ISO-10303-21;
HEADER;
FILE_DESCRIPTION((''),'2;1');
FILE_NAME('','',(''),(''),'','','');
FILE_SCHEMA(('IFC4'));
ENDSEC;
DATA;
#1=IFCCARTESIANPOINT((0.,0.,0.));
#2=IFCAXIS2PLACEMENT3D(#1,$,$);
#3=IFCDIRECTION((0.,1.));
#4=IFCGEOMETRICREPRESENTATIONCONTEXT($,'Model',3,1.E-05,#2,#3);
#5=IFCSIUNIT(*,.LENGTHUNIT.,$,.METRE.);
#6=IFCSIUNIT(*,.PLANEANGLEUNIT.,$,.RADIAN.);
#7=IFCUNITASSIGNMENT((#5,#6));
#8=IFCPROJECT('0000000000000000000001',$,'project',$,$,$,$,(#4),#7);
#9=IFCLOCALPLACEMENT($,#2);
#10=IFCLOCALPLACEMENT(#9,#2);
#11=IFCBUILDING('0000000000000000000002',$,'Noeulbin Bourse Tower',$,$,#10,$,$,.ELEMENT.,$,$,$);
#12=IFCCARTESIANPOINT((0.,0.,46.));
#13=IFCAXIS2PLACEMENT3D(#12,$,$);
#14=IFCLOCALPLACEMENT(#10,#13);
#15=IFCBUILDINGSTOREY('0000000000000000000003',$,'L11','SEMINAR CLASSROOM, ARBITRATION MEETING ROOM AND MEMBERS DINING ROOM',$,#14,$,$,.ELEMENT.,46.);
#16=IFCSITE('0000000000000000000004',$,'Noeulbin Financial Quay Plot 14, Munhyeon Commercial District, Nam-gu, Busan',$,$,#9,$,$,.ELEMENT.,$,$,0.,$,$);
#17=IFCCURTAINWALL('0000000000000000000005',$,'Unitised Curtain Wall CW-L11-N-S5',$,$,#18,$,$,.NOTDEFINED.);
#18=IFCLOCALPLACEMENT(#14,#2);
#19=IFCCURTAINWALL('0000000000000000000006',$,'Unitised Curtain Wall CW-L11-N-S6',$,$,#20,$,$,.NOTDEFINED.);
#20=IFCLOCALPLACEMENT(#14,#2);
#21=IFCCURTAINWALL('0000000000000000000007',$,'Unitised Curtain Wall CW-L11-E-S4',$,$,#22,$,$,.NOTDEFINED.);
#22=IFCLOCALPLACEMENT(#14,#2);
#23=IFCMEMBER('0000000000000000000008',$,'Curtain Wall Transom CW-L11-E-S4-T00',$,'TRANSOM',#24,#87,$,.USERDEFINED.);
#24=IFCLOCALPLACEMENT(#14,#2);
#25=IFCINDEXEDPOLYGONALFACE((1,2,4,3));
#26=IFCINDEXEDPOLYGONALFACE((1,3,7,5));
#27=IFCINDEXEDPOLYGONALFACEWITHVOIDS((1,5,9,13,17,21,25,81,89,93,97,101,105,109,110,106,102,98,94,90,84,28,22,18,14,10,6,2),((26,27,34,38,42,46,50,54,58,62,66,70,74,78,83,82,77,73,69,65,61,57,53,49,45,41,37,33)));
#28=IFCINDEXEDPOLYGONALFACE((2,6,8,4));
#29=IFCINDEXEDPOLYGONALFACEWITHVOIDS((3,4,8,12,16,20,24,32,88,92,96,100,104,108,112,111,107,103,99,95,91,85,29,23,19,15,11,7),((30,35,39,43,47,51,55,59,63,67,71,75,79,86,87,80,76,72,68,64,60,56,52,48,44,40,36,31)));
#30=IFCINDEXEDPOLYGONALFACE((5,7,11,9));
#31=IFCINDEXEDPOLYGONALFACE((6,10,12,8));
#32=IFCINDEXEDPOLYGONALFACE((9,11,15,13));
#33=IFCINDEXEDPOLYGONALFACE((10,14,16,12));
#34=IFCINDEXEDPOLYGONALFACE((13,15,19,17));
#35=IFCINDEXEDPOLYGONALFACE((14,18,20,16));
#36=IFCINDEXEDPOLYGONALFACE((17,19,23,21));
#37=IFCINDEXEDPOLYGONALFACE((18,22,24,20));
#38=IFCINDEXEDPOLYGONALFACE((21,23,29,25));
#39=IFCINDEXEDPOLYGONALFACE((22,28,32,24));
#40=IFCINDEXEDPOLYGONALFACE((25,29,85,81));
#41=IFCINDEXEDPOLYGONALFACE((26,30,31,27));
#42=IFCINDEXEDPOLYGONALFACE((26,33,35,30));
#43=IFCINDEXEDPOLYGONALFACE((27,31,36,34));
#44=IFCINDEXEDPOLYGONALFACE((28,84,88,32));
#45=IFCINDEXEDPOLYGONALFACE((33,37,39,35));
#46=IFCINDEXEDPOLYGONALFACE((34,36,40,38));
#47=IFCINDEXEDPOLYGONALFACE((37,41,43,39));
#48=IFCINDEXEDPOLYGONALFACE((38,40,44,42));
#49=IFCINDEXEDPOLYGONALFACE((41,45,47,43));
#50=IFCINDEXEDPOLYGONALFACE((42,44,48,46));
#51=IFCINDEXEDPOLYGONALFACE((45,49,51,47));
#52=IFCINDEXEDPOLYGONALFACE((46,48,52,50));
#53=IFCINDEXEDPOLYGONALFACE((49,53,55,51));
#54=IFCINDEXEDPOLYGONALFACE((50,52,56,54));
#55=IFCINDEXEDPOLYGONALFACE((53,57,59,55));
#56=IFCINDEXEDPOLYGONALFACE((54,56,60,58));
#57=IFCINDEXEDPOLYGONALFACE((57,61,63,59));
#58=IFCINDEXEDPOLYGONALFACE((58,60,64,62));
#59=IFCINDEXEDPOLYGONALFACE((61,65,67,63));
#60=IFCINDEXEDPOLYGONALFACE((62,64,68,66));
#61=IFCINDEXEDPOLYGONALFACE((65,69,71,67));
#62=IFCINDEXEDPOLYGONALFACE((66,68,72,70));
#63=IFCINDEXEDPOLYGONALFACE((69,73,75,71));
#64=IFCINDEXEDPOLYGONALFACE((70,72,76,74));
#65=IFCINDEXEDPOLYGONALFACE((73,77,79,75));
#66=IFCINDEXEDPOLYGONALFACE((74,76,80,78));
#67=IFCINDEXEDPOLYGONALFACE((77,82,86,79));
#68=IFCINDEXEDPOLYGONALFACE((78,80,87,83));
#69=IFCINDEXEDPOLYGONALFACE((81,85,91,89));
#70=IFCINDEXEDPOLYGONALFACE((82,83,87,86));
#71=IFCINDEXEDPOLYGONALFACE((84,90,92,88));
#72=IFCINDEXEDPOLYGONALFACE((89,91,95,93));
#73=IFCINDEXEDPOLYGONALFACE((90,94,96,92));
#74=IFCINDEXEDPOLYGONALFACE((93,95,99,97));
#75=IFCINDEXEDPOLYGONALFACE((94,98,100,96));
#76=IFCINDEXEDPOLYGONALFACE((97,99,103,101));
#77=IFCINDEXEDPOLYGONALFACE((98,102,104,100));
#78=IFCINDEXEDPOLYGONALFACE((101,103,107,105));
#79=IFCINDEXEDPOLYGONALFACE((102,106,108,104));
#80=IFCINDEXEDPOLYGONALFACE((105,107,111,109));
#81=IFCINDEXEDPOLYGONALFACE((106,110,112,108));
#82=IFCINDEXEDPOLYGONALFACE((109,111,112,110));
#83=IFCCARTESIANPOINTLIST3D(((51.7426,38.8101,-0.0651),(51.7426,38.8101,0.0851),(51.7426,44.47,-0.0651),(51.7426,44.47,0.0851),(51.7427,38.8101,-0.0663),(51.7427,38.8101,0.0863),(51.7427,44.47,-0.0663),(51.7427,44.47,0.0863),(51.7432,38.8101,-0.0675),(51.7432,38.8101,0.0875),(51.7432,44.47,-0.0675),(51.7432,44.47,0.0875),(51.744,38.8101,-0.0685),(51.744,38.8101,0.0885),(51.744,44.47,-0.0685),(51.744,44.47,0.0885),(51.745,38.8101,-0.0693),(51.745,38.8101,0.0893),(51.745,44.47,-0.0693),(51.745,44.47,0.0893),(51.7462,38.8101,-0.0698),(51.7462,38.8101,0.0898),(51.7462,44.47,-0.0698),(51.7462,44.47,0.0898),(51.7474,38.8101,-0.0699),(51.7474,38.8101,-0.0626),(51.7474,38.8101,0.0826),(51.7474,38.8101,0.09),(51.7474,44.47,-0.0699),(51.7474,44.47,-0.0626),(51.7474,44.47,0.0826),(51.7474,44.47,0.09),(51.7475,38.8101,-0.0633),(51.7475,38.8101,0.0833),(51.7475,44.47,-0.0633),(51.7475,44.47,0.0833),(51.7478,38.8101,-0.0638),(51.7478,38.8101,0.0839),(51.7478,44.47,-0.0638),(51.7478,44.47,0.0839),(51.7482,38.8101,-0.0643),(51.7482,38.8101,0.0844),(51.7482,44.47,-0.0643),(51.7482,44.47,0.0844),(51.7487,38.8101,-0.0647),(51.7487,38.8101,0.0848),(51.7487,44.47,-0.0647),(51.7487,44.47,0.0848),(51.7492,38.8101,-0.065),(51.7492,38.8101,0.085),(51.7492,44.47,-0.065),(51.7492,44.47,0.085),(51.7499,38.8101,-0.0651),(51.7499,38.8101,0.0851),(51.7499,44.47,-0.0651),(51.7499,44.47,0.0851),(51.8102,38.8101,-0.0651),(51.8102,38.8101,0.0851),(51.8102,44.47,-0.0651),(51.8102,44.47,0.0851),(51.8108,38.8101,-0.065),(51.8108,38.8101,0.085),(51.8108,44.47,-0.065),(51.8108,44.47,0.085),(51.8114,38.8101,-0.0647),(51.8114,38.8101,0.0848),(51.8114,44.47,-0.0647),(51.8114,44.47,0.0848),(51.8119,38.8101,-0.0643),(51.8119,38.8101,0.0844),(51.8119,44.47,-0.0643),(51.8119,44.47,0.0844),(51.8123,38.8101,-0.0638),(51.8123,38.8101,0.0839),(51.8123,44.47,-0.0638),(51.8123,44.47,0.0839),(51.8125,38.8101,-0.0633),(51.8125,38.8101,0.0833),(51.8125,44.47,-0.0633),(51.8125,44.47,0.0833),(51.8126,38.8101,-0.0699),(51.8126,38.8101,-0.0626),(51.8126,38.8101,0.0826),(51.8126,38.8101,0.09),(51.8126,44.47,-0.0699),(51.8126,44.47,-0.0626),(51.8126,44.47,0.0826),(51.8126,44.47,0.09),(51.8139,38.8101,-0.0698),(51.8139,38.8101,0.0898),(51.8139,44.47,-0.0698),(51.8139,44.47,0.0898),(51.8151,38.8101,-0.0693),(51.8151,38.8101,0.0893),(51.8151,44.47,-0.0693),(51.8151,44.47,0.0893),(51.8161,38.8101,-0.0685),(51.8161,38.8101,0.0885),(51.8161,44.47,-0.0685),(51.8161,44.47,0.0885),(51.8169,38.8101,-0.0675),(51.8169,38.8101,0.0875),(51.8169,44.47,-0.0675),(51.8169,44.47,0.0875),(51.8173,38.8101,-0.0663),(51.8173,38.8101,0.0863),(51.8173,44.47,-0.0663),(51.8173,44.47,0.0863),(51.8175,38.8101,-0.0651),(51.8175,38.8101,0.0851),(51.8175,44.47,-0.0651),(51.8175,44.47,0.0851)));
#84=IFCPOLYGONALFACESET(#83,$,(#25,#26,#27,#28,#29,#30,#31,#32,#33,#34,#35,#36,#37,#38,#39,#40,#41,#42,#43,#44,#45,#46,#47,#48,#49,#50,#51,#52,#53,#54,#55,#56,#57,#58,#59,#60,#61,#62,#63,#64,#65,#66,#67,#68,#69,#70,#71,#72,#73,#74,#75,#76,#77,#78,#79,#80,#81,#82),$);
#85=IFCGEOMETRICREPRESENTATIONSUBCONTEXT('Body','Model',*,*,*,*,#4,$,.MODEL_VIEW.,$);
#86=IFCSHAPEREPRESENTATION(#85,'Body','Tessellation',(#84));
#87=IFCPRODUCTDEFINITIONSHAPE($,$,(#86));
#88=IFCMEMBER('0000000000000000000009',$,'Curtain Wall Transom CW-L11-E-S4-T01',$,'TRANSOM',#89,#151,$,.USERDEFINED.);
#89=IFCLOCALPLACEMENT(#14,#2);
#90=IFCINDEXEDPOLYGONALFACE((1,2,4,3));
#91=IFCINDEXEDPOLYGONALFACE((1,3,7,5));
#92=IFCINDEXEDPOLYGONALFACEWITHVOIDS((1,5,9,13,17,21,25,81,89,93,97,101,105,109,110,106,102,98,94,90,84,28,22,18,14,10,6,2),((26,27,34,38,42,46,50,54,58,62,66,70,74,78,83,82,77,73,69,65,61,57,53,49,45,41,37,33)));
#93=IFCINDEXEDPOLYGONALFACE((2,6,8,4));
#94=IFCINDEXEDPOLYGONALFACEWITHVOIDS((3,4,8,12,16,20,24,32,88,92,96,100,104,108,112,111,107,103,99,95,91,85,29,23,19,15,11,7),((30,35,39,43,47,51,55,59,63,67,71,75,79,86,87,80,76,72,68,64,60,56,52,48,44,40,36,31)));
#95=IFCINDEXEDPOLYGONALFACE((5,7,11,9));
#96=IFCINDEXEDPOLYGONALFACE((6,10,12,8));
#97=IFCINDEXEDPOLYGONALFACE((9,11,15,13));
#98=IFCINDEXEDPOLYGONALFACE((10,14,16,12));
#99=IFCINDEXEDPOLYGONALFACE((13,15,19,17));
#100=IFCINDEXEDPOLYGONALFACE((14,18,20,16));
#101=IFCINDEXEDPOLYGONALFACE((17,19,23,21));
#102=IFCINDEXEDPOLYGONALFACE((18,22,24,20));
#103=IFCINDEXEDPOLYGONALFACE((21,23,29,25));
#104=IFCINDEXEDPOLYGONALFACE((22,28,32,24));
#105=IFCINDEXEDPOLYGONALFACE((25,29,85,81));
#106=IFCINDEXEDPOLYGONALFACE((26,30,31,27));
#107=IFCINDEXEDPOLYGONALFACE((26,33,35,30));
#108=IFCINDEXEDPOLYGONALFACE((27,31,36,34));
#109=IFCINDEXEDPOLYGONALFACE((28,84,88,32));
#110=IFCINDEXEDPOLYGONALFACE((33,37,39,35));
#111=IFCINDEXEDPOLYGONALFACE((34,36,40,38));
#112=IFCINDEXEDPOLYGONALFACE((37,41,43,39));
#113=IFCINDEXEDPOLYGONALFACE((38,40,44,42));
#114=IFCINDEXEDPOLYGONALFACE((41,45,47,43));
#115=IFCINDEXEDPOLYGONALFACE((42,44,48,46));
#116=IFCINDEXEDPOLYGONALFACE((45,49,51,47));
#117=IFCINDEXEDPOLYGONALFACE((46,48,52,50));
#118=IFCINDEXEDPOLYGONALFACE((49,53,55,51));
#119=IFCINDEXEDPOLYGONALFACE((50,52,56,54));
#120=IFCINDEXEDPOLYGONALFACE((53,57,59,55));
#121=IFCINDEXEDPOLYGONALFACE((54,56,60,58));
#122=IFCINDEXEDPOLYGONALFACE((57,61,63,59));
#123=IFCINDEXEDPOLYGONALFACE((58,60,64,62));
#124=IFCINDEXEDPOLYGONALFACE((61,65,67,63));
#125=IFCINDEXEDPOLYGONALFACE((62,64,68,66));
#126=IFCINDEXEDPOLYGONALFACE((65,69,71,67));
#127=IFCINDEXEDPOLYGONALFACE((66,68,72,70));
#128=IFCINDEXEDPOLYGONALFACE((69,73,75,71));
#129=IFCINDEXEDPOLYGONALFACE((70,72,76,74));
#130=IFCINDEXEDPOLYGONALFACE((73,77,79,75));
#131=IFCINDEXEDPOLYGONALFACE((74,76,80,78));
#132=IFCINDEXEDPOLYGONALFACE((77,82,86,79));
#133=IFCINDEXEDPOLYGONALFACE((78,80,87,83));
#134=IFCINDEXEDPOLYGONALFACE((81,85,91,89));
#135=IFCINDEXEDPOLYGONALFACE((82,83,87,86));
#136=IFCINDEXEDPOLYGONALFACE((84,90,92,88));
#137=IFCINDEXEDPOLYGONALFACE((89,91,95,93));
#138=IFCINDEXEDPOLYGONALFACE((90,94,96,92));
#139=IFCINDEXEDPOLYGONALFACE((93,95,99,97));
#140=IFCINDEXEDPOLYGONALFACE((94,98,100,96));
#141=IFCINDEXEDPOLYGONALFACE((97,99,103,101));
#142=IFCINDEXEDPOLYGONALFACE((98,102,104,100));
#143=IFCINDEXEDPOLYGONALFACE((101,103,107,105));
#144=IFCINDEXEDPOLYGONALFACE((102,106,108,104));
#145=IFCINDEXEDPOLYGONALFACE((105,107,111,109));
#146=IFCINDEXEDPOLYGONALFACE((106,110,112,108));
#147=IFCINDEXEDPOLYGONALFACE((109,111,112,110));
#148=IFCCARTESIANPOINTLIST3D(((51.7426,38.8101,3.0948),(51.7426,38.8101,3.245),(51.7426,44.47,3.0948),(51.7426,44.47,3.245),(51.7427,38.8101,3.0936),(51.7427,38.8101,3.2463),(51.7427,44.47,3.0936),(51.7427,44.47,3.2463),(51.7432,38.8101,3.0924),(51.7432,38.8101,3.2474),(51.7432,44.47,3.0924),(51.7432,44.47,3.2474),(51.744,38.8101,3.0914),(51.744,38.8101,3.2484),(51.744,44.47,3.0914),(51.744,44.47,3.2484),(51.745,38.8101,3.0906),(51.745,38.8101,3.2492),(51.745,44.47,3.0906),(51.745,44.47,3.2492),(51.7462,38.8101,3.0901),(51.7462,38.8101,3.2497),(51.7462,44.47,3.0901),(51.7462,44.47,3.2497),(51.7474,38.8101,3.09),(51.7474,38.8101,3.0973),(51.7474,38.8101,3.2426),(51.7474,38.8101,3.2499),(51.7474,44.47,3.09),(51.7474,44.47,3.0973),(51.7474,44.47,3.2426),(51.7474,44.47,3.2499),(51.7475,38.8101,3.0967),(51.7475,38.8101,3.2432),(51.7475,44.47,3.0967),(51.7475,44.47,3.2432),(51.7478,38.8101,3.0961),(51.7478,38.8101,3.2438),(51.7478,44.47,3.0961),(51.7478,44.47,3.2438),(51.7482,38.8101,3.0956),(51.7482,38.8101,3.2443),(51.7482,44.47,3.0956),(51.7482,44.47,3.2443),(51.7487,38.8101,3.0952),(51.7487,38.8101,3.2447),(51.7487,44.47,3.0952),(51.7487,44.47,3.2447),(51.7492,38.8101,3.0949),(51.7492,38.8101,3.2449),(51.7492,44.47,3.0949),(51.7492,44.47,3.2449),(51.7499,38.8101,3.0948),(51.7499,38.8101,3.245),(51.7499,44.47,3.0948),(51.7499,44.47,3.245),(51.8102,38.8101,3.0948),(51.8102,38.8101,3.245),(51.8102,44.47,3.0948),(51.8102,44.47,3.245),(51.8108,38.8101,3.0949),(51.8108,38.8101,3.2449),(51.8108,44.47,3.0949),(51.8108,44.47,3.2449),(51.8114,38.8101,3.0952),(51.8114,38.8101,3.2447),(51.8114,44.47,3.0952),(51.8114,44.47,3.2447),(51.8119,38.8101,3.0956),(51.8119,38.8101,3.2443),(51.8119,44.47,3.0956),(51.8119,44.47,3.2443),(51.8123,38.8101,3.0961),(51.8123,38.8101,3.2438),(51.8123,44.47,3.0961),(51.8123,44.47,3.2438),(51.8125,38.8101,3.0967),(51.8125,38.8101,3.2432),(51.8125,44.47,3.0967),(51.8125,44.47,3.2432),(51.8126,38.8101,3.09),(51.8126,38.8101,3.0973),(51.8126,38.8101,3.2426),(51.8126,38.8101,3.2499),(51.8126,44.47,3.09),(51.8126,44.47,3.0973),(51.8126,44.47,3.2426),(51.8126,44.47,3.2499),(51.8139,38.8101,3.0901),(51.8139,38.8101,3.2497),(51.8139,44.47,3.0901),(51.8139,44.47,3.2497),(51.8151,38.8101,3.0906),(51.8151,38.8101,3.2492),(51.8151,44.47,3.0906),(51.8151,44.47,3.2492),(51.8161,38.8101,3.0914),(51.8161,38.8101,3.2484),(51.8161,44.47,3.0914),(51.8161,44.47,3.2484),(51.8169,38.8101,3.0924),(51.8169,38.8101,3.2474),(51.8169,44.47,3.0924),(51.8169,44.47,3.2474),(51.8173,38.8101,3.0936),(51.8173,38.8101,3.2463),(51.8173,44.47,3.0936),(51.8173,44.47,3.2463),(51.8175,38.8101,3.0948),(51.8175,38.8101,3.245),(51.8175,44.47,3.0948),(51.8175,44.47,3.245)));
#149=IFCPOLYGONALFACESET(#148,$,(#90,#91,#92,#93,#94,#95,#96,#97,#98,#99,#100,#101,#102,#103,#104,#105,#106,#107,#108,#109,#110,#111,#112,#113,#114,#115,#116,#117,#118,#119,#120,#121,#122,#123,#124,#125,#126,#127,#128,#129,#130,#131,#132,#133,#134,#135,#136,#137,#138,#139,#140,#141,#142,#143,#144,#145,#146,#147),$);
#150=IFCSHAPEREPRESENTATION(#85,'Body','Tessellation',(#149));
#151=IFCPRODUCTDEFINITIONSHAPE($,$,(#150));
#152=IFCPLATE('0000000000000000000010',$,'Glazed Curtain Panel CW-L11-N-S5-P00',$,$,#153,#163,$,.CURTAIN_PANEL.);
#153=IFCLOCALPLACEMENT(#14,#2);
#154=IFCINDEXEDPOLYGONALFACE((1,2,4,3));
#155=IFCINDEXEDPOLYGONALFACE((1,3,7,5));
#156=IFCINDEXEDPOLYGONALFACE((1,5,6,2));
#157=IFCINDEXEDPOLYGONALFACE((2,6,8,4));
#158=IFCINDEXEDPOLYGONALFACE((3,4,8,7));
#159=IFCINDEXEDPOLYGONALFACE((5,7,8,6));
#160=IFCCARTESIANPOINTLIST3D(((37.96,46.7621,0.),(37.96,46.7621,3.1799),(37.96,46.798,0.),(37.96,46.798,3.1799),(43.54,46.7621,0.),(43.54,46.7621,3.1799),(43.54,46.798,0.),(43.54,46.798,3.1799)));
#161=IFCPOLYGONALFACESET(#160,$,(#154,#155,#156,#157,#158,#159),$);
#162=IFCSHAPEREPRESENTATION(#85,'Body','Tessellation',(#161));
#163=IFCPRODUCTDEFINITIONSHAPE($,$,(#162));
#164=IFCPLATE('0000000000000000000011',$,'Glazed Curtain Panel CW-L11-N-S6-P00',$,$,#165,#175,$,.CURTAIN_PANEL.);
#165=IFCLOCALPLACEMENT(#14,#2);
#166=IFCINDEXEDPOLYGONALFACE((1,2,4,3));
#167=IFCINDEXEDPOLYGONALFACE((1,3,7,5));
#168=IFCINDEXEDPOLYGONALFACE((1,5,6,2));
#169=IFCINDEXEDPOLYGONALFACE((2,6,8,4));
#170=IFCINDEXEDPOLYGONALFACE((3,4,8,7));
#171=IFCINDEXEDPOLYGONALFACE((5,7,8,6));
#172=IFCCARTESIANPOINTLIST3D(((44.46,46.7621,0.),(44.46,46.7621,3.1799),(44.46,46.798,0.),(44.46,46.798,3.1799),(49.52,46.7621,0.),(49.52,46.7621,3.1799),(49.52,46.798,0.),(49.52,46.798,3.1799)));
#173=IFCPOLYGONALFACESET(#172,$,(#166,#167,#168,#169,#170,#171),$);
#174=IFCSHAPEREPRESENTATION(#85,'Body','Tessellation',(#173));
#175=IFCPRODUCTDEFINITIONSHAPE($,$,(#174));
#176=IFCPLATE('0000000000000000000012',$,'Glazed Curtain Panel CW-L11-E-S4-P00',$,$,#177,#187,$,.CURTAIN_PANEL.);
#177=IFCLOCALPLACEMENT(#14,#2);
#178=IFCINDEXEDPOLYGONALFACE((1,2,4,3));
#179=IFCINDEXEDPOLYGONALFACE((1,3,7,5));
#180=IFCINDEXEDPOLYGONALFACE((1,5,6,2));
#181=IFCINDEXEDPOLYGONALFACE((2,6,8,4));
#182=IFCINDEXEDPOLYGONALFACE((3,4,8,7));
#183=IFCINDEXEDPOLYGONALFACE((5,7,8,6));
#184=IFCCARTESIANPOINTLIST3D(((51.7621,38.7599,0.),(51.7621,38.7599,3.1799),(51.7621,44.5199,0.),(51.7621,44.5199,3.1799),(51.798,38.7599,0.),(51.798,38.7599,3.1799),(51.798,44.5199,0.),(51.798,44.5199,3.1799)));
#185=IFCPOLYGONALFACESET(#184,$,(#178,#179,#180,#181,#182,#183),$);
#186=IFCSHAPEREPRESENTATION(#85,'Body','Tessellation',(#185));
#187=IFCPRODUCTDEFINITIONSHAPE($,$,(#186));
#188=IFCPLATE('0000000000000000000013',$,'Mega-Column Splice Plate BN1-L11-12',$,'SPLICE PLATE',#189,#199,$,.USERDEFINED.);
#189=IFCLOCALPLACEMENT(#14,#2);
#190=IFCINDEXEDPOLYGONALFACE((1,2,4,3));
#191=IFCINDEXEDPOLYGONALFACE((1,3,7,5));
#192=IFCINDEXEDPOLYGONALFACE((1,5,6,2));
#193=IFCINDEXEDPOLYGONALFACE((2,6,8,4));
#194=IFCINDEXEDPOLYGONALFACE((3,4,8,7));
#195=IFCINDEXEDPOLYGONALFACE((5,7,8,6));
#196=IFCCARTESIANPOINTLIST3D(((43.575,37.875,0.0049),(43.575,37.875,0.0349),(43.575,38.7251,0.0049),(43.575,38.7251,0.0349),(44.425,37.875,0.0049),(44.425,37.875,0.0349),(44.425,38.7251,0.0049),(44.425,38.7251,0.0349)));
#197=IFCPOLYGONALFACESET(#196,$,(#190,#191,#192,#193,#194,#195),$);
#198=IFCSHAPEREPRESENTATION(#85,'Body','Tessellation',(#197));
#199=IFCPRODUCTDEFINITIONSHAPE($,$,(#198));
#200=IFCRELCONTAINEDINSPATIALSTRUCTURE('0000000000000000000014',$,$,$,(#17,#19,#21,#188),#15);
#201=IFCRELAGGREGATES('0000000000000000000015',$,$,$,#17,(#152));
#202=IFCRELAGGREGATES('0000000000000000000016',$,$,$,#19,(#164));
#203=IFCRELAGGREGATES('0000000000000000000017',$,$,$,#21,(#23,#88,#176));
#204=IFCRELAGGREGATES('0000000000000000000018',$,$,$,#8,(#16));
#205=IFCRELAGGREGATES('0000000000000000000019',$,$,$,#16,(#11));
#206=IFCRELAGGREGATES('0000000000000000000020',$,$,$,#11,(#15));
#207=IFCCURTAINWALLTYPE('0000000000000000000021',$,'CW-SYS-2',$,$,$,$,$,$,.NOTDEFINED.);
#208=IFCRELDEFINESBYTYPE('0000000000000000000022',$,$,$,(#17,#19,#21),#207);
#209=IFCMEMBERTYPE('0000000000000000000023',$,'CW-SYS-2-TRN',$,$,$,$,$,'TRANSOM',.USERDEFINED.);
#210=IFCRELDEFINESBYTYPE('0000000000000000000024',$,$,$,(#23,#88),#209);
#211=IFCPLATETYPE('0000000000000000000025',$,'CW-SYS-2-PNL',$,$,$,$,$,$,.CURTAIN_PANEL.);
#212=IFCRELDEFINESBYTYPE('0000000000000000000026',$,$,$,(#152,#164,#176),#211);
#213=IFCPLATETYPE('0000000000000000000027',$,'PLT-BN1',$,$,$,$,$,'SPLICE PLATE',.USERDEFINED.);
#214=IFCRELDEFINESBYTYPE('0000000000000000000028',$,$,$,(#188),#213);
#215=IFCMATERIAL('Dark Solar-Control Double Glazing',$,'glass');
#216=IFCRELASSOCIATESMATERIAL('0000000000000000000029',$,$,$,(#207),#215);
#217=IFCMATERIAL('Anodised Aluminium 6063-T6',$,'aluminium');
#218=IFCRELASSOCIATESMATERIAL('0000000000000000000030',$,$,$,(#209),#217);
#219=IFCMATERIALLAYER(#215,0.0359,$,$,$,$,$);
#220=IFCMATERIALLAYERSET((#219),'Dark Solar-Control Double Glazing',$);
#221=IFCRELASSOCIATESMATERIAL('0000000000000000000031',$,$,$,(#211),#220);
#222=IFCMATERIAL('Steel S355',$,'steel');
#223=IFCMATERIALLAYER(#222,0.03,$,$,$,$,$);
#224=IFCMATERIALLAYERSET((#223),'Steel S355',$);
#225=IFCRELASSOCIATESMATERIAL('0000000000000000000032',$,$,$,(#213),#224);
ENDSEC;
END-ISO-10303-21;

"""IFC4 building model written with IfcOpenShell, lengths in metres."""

from ifc_helpers import new_model, si_unit, direction, frame, origin, origin_2d, place, context, subcontext, project, spatial, rectangle, hollow_rectangle, extrude, material, layer, layer_set, material_profile, profile_set, type_object, element, aggregate, save


model = new_model("IFC4")

# Units and contexts
model_context = context("Model", 3, precision=1e-05, world=origin(), true_north=direction((0.0, 1.0)))
body_context = subcontext(model_context, "Body", "Model", "MODEL_VIEW")
ifc_project = project(units=[si_unit("LENGTHUNIT", "METRE"), si_unit("PLANEANGLEUNIT", "RADIAN")], contexts=[model_context])

# Site, building, storey
site_placement = place(None, origin())
site = spatial("IfcSite", under=ifc_project, at=site_placement, Name="Noeulbin Financial Quay Plot 14, Munhyeon Commercial District, Nam-gu, Busan", CompositionType="ELEMENT", RefElevation=0.0)
building_placement = place(site_placement, origin())
building = spatial("IfcBuilding", under=site, at=building_placement, Name="Noeulbin Bourse Tower", CompositionType="ELEMENT")
storey_placement = place(building_placement, frame((0.0, 0.0, 46.0)))
storey = spatial("IfcBuildingStorey", under=building, at=storey_placement, Name="L11", Description="SEMINAR CLASSROOM, ARBITRATION MEETING ROOM AND MEMBERS DINING ROOM", CompositionType="ELEMENT", Elevation=46.0)

# Shared definitions
ifc_material_1 = material(Name="Steel S355", Category="steel")

# Curtain wall
ifc_material_2 = material(Name="Dark Solar-Control Double Glazing", Category="glass")
curtain_wall_type = type_object("IfcCurtainWallType", Name="CW-SYS-2", PredefinedType="NOTDEFINED", material=ifc_material_2)
curtain_wall_1_placement = place(storey_placement, origin())
curtain_wall_1 = element("IfcCurtainWall", 1, at=curtain_wall_1_placement, inside=storey, type_object=curtain_wall_type, Name="Unitised Curtain Wall CW-L11-N-S5", PredefinedType="NOTDEFINED")
ifc_material_3 = material(Name="Anodised Aluminium 6063-T6", Category="aluminium")

# Curtain wall
curtain_wall_2_placement = place(storey_placement, origin())
curtain_wall_2 = element("IfcCurtainWall", 2, at=curtain_wall_2_placement, inside=storey, type_object=curtain_wall_type, Name="Unitised Curtain Wall CW-L11-N-S6", PredefinedType="NOTDEFINED")

# Curtain wall
curtain_wall_3_placement = place(storey_placement, origin())
curtain_wall_3 = element("IfcCurtainWall", 3, at=curtain_wall_3_placement, inside=storey, type_object=curtain_wall_type, Name="Unitised Curtain Wall CW-L11-E-S4", PredefinedType="NOTDEFINED")

# Members
ifc_material_profile_1 = material_profile(ifc_material_3, hollow_rectangle(XDim=0.075, YDim=0.1599, WallThickness=0.0049, InnerFilletRadius=0.0024, OuterFilletRadius=0.0049, at=origin_2d()), Name="ALU-TRAN-75x160x5", Category="LoadBearing")
ifc_profile_set_1 = profile_set([ifc_material_profile_1], Name="Anodised Aluminium 6063-T6")
member_type_1 = type_object("IfcMemberType", Name="CW-SYS-2-TRN", ElementType="TRANSOM", PredefinedType="USERDEFINED", material=ifc_profile_set_1)
member_1_placement = place(storey_placement, frame((51.78, 38.8101, 0.01), z_axis=(0.0, 1.0, 0.0), x_axis=(-1.0, 0.0, 0.0)))
member_1 = element("IfcMember", 4, at=member_1_placement, type_object=member_type_1, Name="Curtain Wall Transom CW-L11-E-S4-T00", ObjectType="TRANSOM", PredefinedType="USERDEFINED", context=body_context, shape_type="SweptSolid", body=[
    extrude(hollow_rectangle(XDim=0.075, YDim=0.1599, WallThickness=0.0049, InnerFilletRadius=0.0024, OuterFilletRadius=0.0049, at=origin_2d()), origin(), (0.0, 0.0, 1.0), 5.6599),
])
member_2_placement = place(storey_placement, frame((51.78, 38.8101, 3.1699), z_axis=(0.0, 1.0, 0.0), x_axis=(-1.0, 0.0, 0.0)))
member_2 = element("IfcMember", 5, at=member_2_placement, type_object=member_type_1, Name="Curtain Wall Transom CW-L11-E-S4-T01", ObjectType="TRANSOM", PredefinedType="USERDEFINED", context=body_context, shape_type="SweptSolid", body=[
    extrude(hollow_rectangle(XDim=0.075, YDim=0.1599, WallThickness=0.0049, InnerFilletRadius=0.0024, OuterFilletRadius=0.0049, at=origin_2d()), origin(), (0.0, 0.0, 1.0), 5.6599),
])

# Plates
ifc_layer_1 = layer(ifc_material_2, 0.0359)
ifc_layer_set_1 = layer_set([ifc_layer_1], Name="Dark Solar-Control Double Glazing")
plate_type_1 = type_object("IfcPlateType", Name="CW-SYS-2-PNL", PredefinedType="CURTAIN_PANEL", material=ifc_layer_set_1)
plate_1_placement = place(storey_placement, frame((40.75, 46.78, 0.0), z_axis=(0.0, 0.0, 1.0), x_axis=(1.0, 0.0, 0.0)))
plate_1 = element("IfcPlate", 6, at=plate_1_placement, type_object=plate_type_1, Name="Glazed Curtain Panel CW-L11-N-S5-P00", PredefinedType="CURTAIN_PANEL", context=body_context, shape_type="SweptSolid", body=[
    extrude(rectangle(XDim=5.5801, YDim=0.0359, at=origin_2d()), origin(), (0.0, 0.0, 1.0), 3.1799),
])
aggregate(curtain_wall_1, [plate_1])
plate_2_placement = place(storey_placement, frame((46.99, 46.78, 0.0), z_axis=(0.0, 0.0, 1.0), x_axis=(1.0, 0.0, 0.0)))
plate_2 = element("IfcPlate", 7, at=plate_2_placement, type_object=plate_type_1, Name="Glazed Curtain Panel CW-L11-N-S6-P00", PredefinedType="CURTAIN_PANEL", context=body_context, shape_type="SweptSolid", body=[
    extrude(rectangle(XDim=5.0601, YDim=0.0359, at=origin_2d()), origin(), (0.0, 0.0, 1.0), 3.1799),
])
aggregate(curtain_wall_2, [plate_2])
plate_3_placement = place(storey_placement, frame((51.78, 41.6399, 0.0), z_axis=(0.0, 0.0, 1.0), x_axis=(0.0, 1.0, 0.0)))
plate_3 = element("IfcPlate", 8, at=plate_3_placement, type_object=plate_type_1, Name="Glazed Curtain Panel CW-L11-E-S4-P00", PredefinedType="CURTAIN_PANEL", context=body_context, shape_type="SweptSolid", body=[
    extrude(rectangle(XDim=5.76, YDim=0.0359, at=origin_2d()), origin(), (0.0, 0.0, 1.0), 3.1799),
])
aggregate(curtain_wall_3, [member_1, member_2, plate_3])

# Plate
ifc_layer_2 = layer(ifc_material_1, 0.03)
ifc_layer_set_2 = layer_set([ifc_layer_2], Name="Steel S355")
plate_type_2 = type_object("IfcPlateType", Name="PLT-BN1", ElementType="SPLICE PLATE", PredefinedType="USERDEFINED", material=ifc_layer_set_2)
for number, where, z_axis, x_axis, name in (
    (9, (44.0, 38.3, 0.0049), (0.0, 0.0, 1.0), (1.0, 0.0, 0.0), "Mega-Column Splice Plate BN1-L11-12"),
):
    element("IfcPlate", number, at=place(storey_placement, frame(where, z_axis=z_axis, x_axis=x_axis)), inside=storey, type_object=plate_type_2, Name=name, ObjectType="SPLICE PLATE", PredefinedType="USERDEFINED", context=body_context, shape_type="SweptSolid", body=[
        extrude(rectangle(XDim=0.8501, YDim=0.8501, at=origin_2d()), origin(), (0.0, 0.0, 1.0), 0.03),
    ])

save(model, "model.ifc")
